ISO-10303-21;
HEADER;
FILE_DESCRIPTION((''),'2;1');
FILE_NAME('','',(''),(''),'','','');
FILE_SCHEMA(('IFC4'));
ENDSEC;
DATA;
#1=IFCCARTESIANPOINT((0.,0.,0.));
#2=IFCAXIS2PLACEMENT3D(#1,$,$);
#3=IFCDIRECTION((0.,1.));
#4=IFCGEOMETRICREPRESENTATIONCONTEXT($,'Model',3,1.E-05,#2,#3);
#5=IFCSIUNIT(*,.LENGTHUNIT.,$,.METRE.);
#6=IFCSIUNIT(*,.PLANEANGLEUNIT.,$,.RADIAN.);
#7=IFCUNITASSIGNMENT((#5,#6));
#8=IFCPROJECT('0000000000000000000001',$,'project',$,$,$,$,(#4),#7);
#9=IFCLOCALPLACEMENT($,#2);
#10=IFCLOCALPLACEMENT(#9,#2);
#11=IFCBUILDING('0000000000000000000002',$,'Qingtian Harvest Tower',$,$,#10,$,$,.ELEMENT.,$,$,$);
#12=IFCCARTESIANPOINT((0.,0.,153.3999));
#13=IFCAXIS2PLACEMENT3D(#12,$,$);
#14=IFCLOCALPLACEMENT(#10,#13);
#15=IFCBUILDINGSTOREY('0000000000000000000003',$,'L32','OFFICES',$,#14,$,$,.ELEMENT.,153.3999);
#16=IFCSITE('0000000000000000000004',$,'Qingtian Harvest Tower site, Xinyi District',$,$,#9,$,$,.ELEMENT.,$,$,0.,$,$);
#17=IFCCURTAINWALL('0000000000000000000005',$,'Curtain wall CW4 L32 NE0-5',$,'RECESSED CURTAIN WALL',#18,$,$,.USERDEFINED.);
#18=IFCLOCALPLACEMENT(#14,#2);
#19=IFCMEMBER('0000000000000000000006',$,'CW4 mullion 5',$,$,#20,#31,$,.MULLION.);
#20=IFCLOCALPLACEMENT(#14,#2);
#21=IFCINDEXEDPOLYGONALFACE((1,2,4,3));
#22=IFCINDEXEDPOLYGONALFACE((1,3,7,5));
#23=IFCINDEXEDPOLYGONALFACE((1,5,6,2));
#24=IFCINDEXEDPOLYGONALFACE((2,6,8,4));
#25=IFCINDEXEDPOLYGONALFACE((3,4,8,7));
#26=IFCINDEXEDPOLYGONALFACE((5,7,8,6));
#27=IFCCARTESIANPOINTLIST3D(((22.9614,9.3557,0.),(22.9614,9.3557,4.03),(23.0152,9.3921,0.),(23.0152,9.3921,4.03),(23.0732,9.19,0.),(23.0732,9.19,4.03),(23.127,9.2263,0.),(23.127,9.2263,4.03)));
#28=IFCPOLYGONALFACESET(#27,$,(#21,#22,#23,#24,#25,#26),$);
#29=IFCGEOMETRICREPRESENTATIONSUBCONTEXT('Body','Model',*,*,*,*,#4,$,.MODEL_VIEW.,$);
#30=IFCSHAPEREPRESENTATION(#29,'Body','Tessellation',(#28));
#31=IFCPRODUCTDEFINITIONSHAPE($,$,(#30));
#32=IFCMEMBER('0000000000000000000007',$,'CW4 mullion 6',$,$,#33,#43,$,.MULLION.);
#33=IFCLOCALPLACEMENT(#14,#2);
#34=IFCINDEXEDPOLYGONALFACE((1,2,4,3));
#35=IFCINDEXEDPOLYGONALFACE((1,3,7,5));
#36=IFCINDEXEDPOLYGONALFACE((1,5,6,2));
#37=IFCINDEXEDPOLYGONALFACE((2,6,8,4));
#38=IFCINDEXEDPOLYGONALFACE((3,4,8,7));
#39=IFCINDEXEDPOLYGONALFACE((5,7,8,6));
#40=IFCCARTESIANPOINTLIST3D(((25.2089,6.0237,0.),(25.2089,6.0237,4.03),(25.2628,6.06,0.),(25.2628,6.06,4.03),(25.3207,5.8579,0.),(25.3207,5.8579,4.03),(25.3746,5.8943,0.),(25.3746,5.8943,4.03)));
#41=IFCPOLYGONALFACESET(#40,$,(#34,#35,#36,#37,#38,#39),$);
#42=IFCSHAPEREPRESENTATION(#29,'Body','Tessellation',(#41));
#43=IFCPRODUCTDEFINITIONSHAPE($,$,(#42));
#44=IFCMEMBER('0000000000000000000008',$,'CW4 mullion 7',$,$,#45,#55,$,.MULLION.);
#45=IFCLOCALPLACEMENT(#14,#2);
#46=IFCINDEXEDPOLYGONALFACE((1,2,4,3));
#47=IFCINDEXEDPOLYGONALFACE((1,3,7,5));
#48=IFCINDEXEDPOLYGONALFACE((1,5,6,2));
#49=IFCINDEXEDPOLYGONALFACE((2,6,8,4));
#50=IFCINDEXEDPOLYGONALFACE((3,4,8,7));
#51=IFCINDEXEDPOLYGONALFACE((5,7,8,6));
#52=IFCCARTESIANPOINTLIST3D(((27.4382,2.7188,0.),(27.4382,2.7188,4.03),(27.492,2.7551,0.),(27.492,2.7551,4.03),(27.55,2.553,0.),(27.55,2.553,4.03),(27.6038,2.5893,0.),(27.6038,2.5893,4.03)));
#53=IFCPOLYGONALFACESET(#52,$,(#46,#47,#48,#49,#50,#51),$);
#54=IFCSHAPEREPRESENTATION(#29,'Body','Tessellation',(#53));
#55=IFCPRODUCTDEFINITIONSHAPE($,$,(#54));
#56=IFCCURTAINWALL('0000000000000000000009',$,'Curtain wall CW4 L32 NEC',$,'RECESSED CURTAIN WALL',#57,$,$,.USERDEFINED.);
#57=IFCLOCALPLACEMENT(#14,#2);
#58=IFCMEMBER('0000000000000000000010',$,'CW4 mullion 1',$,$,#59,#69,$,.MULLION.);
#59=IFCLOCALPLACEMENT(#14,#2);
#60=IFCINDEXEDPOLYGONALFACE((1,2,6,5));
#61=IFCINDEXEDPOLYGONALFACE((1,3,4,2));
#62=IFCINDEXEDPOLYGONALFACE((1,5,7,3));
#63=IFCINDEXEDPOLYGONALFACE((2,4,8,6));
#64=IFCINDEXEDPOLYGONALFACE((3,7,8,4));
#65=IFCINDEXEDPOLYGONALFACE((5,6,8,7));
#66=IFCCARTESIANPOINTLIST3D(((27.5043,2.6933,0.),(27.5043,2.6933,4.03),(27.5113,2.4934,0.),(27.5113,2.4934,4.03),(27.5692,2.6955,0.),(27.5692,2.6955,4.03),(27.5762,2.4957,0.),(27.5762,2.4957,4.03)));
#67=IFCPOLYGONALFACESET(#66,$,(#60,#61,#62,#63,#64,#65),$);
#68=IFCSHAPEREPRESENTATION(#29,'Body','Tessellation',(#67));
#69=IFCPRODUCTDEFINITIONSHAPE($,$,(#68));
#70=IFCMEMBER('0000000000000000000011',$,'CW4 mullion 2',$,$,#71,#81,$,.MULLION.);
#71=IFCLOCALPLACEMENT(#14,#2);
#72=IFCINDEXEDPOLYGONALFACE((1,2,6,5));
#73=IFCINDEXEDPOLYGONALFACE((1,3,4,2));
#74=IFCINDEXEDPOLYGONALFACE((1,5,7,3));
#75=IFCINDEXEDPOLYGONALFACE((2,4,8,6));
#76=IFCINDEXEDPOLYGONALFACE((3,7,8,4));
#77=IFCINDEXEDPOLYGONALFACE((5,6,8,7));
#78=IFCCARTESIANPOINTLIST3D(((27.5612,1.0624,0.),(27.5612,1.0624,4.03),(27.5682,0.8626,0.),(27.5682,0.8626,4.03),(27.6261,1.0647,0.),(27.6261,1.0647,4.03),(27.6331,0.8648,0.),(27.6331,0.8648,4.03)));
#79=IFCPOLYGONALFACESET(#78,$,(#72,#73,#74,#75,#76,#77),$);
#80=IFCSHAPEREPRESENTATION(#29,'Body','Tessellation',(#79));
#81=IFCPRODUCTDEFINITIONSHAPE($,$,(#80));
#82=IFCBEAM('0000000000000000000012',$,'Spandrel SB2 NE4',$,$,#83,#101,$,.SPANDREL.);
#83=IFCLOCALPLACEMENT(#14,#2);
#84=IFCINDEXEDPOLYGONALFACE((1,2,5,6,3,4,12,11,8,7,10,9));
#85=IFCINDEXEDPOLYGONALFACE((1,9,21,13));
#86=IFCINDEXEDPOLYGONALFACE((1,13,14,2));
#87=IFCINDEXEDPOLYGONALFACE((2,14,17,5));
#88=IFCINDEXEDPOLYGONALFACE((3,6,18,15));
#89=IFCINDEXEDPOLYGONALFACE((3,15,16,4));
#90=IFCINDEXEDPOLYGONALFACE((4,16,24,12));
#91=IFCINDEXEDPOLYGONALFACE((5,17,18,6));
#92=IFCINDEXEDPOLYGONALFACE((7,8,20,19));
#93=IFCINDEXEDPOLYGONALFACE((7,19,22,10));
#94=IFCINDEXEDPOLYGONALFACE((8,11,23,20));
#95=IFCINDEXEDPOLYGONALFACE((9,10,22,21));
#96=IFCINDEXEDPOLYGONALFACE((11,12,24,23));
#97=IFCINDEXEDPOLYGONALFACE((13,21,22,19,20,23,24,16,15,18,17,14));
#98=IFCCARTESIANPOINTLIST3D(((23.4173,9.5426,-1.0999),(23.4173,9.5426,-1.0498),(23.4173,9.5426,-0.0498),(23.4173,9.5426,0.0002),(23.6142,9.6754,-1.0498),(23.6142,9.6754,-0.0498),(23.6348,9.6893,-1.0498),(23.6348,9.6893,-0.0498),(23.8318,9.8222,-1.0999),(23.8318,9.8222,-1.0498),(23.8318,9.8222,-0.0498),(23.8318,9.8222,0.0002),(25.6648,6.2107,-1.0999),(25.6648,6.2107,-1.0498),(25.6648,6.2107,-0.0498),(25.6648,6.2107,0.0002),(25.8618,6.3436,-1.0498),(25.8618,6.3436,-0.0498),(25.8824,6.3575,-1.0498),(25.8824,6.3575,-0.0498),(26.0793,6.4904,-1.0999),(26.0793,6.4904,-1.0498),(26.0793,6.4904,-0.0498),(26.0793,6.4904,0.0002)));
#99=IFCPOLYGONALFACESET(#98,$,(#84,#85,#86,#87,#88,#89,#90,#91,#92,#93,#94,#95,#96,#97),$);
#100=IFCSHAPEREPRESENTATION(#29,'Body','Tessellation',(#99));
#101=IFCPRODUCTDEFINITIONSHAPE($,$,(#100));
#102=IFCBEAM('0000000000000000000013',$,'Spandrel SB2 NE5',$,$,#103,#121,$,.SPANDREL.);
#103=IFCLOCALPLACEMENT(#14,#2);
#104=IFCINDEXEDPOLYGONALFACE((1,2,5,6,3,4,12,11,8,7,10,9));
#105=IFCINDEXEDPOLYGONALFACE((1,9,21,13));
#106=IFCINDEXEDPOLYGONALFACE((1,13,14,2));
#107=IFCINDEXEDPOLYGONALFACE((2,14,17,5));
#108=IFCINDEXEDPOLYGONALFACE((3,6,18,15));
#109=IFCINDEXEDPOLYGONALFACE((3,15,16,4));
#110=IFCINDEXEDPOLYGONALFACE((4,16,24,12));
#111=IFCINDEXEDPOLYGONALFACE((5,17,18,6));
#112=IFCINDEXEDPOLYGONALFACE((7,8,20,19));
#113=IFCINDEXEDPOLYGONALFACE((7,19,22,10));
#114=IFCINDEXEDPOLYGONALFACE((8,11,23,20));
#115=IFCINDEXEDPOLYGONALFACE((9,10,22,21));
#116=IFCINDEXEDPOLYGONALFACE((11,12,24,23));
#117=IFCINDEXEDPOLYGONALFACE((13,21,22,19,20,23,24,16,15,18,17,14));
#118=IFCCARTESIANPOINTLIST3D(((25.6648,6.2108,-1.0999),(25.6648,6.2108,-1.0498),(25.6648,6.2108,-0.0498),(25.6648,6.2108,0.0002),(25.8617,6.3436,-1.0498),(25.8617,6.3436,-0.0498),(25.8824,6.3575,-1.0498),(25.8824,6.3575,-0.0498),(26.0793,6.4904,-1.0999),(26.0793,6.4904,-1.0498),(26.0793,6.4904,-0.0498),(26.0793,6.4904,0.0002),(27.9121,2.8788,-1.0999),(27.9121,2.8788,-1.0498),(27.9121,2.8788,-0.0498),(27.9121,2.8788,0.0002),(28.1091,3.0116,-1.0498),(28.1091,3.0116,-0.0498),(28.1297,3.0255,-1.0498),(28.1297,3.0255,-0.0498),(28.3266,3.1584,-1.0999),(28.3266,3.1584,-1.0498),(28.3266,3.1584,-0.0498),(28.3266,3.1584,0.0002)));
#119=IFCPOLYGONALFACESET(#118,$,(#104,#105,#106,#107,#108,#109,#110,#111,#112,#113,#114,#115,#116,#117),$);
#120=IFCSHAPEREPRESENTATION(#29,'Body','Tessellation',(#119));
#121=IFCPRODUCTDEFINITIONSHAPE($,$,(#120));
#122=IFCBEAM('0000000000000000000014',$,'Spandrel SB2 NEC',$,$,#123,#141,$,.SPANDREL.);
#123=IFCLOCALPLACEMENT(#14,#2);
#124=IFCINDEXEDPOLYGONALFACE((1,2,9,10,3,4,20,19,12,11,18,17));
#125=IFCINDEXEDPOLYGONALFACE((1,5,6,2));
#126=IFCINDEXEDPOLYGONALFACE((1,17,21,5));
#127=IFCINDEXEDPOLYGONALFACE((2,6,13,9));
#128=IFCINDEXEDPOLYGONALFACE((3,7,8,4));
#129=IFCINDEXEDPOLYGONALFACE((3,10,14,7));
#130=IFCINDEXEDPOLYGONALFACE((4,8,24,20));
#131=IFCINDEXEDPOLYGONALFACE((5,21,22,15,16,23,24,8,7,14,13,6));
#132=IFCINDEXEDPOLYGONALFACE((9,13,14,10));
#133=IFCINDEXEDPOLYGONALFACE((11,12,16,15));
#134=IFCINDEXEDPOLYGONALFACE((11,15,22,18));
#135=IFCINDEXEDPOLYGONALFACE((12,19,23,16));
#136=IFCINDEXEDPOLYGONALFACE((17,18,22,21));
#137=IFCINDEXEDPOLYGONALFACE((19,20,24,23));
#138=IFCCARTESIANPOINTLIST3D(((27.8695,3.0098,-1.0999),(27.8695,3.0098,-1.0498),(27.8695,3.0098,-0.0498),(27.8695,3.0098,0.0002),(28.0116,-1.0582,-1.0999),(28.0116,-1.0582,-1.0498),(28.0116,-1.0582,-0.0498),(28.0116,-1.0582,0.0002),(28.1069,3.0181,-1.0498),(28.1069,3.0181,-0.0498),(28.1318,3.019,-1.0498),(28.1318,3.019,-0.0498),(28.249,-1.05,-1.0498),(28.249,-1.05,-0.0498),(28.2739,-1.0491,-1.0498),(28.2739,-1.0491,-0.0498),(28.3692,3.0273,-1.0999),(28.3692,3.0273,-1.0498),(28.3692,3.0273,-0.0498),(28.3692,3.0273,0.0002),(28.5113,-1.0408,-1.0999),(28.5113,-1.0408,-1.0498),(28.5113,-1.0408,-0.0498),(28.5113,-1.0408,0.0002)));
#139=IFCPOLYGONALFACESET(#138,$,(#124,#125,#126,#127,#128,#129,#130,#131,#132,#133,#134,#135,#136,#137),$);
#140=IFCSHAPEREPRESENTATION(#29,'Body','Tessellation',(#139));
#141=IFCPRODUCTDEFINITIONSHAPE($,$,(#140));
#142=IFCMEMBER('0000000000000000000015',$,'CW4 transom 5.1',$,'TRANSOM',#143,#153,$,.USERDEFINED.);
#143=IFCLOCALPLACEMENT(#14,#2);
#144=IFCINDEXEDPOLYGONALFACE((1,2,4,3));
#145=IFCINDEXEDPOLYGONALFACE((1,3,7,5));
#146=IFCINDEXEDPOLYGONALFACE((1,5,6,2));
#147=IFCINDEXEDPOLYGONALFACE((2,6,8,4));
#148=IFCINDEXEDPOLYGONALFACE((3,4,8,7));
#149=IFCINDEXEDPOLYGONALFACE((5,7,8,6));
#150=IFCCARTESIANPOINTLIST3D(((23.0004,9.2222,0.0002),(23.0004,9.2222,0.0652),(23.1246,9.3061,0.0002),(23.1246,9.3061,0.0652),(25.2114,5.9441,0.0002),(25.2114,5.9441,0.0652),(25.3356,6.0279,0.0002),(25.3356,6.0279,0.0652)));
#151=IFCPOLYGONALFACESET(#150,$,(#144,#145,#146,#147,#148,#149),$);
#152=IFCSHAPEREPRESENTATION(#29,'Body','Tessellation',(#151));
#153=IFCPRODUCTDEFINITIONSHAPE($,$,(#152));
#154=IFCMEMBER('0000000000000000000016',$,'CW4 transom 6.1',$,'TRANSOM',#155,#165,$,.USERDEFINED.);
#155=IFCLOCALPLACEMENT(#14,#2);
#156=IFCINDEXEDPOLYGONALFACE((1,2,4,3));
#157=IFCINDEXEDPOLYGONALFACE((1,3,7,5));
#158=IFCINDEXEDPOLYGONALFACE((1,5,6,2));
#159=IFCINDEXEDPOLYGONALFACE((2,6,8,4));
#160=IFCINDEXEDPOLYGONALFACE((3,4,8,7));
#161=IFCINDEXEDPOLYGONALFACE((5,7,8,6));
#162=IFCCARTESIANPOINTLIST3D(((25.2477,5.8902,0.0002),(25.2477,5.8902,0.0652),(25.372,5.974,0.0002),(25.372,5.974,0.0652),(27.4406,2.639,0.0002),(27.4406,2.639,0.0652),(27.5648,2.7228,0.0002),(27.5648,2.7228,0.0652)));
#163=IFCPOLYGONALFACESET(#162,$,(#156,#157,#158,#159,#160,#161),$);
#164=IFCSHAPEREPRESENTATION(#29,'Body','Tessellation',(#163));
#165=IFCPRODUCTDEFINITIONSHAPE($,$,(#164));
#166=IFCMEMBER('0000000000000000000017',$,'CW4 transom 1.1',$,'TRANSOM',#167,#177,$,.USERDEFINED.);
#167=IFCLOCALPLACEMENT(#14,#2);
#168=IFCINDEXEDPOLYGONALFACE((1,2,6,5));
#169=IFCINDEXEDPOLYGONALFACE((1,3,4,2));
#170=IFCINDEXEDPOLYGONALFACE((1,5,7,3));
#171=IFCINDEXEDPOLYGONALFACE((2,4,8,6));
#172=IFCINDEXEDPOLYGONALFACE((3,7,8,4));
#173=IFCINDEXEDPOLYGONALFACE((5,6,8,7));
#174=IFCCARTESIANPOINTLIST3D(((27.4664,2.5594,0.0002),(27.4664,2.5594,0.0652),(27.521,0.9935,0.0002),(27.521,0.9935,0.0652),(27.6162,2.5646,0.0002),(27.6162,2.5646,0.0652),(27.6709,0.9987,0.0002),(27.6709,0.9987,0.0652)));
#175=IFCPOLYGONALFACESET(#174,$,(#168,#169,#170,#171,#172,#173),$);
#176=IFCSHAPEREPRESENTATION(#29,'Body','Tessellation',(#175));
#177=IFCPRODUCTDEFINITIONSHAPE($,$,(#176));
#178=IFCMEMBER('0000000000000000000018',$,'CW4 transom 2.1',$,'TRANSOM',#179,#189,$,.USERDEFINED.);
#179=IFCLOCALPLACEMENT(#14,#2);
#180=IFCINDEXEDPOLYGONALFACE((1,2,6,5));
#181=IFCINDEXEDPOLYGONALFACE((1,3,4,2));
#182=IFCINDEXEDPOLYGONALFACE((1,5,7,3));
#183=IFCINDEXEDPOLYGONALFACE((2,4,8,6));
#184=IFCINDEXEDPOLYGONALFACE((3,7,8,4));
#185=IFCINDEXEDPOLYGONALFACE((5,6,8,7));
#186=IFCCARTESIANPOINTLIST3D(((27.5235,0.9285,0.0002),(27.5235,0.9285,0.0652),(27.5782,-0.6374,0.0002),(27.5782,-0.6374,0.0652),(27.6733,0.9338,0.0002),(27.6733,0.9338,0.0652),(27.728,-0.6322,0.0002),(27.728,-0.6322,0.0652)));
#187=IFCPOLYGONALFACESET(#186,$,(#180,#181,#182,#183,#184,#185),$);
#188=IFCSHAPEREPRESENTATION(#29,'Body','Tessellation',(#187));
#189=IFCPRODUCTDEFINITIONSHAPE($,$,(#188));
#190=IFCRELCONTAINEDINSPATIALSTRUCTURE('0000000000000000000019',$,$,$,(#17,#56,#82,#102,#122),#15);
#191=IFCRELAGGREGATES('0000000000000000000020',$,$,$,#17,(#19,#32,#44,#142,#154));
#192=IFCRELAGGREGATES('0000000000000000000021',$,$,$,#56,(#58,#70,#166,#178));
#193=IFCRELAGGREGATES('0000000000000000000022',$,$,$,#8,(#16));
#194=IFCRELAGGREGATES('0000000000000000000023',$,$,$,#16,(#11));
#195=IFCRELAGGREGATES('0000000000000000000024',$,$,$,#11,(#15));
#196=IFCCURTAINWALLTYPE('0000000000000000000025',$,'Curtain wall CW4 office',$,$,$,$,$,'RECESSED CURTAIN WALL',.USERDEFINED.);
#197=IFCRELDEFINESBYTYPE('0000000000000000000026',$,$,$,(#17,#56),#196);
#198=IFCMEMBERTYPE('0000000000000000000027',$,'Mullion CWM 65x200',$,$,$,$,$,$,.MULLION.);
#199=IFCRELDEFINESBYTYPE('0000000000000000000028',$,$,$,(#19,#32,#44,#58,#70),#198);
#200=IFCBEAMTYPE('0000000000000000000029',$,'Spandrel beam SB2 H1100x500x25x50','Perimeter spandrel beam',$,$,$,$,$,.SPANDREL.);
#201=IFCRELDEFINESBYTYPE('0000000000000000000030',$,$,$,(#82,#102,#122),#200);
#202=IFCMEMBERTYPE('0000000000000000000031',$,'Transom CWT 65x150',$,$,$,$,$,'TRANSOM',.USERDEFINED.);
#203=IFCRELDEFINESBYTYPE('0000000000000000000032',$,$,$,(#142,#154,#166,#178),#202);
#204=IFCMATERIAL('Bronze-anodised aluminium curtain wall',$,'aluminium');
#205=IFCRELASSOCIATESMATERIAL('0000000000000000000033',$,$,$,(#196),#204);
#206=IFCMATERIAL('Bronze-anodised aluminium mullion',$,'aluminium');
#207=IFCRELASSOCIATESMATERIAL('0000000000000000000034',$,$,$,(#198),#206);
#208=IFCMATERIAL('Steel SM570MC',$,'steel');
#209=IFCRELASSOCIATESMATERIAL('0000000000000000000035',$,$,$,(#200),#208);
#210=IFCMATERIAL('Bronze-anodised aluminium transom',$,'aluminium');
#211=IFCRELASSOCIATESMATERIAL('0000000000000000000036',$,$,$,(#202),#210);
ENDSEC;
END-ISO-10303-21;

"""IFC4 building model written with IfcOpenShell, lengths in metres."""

from ifc_helpers import new_model, si_unit, direction, frame, origin, origin_2d, place, context, subcontext, project, spatial, rectangle, i_section, extrude, material, material_profile, profile_set, type_object, element, aggregate, save


model = new_model("IFC4")

# Units and contexts
model_context = context("Model", 3, precision=1e-05, world=origin(), true_north=direction((0.0, 1.0)))
body_context = subcontext(model_context, "Body", "Model", "MODEL_VIEW")
ifc_project = project(units=[si_unit("LENGTHUNIT", "METRE"), si_unit("PLANEANGLEUNIT", "RADIAN")], contexts=[model_context])

# Site, building, storey
site_placement = place(None, origin())
site = spatial("IfcSite", under=ifc_project, at=site_placement, Name="Qingtian Harvest Tower site, Xinyi District", CompositionType="ELEMENT", RefElevation=0.0)
building_placement = place(site_placement, origin())
building = spatial("IfcBuilding", under=site, at=building_placement, Name="Qingtian Harvest Tower", CompositionType="ELEMENT")
storey_placement = place(building_placement, frame((0.0, 0.0, 153.3999)))
storey = spatial("IfcBuildingStorey", under=building, at=storey_placement, Name="L32", Description="OFFICES", CompositionType="ELEMENT", Elevation=153.3999)

# Curtain walls, members
ifc_material_1 = material(Name="Bronze-anodised aluminium curtain wall", Category="aluminium")
curtain_wall_type = type_object("IfcCurtainWallType", Name="Curtain wall CW4 office", ElementType="RECESSED CURTAIN WALL", PredefinedType="USERDEFINED", material=ifc_material_1)
curtain_wall_1_placement = place(storey_placement, origin())
curtain_wall_1 = element("IfcCurtainWall", 1, at=curtain_wall_1_placement, inside=storey, type_object=curtain_wall_type, Name="Curtain wall CW4 L32 NE0-5", ObjectType="RECESSED CURTAIN WALL", PredefinedType="USERDEFINED")
ifc_material_2 = material(Name="Bronze-anodised aluminium mullion", Category="aluminium")
ifc_material_profile_1 = material_profile(ifc_material_2, rectangle(XDim=0.0649, YDim=0.2, at=origin_2d()), Name="AL 65x200")
ifc_profile_set_1 = profile_set([ifc_material_profile_1], Name="Bronze-anodised aluminium mullion")
member_type_1 = type_object("IfcMemberType", Name="Mullion CWM 65x200", PredefinedType="MULLION", material=ifc_profile_set_1)
member_1_placement = place(storey_placement, frame((23.0442, 9.291, 0.0), z_axis=(0.0, 0.0, 1.0), x_axis=(0.829038, 0.559193, 0.0)))
member_1 = element("IfcMember", 2, at=member_1_placement, type_object=member_type_1, Name="CW4 mullion 5", PredefinedType="MULLION", context=body_context, shape_type="SweptSolid", body=[
    extrude(rectangle(XDim=0.0649, YDim=0.2, at=origin_2d()), origin(), (0.0, 0.0, 1.0), 4.03),
])
member_2_placement = place(storey_placement, frame((25.2917, 5.959, 0.0), z_axis=(0.0, 0.0, 1.0), x_axis=(0.829038, 0.559193, 0.0)))
member_2 = element("IfcMember", 3, at=member_2_placement, type_object=member_type_1, Name="CW4 mullion 6", PredefinedType="MULLION", context=body_context, shape_type="SweptSolid", body=[
    extrude(rectangle(XDim=0.0649, YDim=0.2, at=origin_2d()), origin(), (0.0, 0.0, 1.0), 4.03),
])
member_3_placement = place(storey_placement, frame((27.521, 2.6541, 0.0), z_axis=(0.0, 0.0, 1.0), x_axis=(0.829038, 0.559193, 0.0)))
member_3 = element("IfcMember", 4, at=member_3_placement, type_object=member_type_1, Name="CW4 mullion 7", PredefinedType="MULLION", context=body_context, shape_type="SweptSolid", body=[
    extrude(rectangle(XDim=0.0649, YDim=0.2, at=origin_2d()), origin(), (0.0, 0.0, 1.0), 4.03),
])
curtain_wall_2_placement = place(storey_placement, origin())
curtain_wall_2 = element("IfcCurtainWall", 5, at=curtain_wall_2_placement, inside=storey, type_object=curtain_wall_type, Name="Curtain wall CW4 L32 NEC", ObjectType="RECESSED CURTAIN WALL", PredefinedType="USERDEFINED")
member_4_placement = place(storey_placement, frame((27.5403, 2.5945, 0.0), z_axis=(0.0, 0.0, 1.0), x_axis=(0.999391, 0.034899, 0.0)))
member_4 = element("IfcMember", 6, at=member_4_placement, type_object=member_type_1, Name="CW4 mullion 1", PredefinedType="MULLION", context=body_context, shape_type="SweptSolid", body=[
    extrude(rectangle(XDim=0.0649, YDim=0.2, at=origin_2d()), origin(), (0.0, 0.0, 1.0), 4.03),
])
member_5_placement = place(storey_placement, frame((27.5972, 0.9636, 0.0), z_axis=(0.0, 0.0, 1.0), x_axis=(0.999391, 0.034899, 0.0)))
member_5 = element("IfcMember", 7, at=member_5_placement, type_object=member_type_1, Name="CW4 mullion 2", PredefinedType="MULLION", context=body_context, shape_type="SweptSolid", body=[
    extrude(rectangle(XDim=0.0649, YDim=0.2, at=origin_2d()), origin(), (0.0, 0.0, 1.0), 4.03),
])

# Beams
ifc_material_3 = material(Name="Steel SM570MC", Category="steel")
ifc_material_profile_2 = material_profile(ifc_material_3, i_section(OverallWidth=0.5, OverallDepth=1.1001, WebThickness=0.0249, FlangeThickness=0.05, at=origin_2d()), Name="H1100x500x25x50")
ifc_profile_set_2 = profile_set([ifc_material_profile_2], Name="Steel SM570MC")
beam_type_1 = type_object("IfcBeamType", Name="Spandrel beam SB2 H1100x500x25x50", Description="Perimeter spandrel beam", PredefinedType="SPANDREL", material=ifc_profile_set_2)
for number, where, z_axis, x_axis, name in (
    (8, (23.6245, 9.6824, -0.5498), (0.559234, -0.82901, 0.0), (0.82901, 0.559234, 0.0), "Spandrel SB2 NE4"),
    (9, (25.8721, 6.3506, -0.5498), (0.559164, -0.829057, 0.0), (0.829057, 0.559164, 0.0), "Spandrel SB2 NE5"),
):
    element("IfcBeam", number, at=place(storey_placement, frame(where, z_axis=z_axis, x_axis=x_axis)), inside=storey, type_object=beam_type_1, Name=name, PredefinedType="SPANDREL", context=body_context, shape_type="SweptSolid", body=[
        extrude(i_section(OverallWidth=0.5, OverallDepth=1.1001, WebThickness=0.0249, FlangeThickness=0.05, at=origin_2d()), origin(), (0.0, 0.0, 1.0), 4.019),
    ])
beam_1_placement = place(storey_placement, frame((28.1194, 3.0186, -0.5498), z_axis=(0.034906, -0.999391, 0.0), x_axis=(0.999391, 0.034906, 0.0)))
element("IfcBeam", 10, at=beam_1_placement, inside=storey, type_object=beam_type_1, Name="Spandrel SB2 NEC", PredefinedType="SPANDREL", context=body_context, shape_type="SweptSolid", body=[
    extrude(i_section(OverallWidth=0.5, OverallDepth=1.1001, WebThickness=0.0249, FlangeThickness=0.05, at=origin_2d()), origin(), (0.0, 0.0, 1.0), 4.0706),
])

# Members
ifc_material_4 = material(Name="Bronze-anodised aluminium transom", Category="aluminium")
ifc_material_profile_3 = material_profile(ifc_material_4, rectangle(XDim=0.1499, YDim=0.0649, at=origin_2d()), Name="AL 65x150")
ifc_profile_set_3 = profile_set([ifc_material_profile_3], Name="Bronze-anodised aluminium transom")
member_type_2 = type_object("IfcMemberType", Name="Transom CWT 65x150", ElementType="TRANSOM", PredefinedType="USERDEFINED", material=ifc_profile_set_3)
member_6_placement = place(storey_placement, frame((23.0625, 9.2642, 0.0327), z_axis=(0.559166, -0.829055, 0.0), x_axis=(0.829055, 0.559166, 0.0)))
member_6 = element("IfcMember", 11, at=member_6_placement, type_object=member_type_2, Name="CW4 transom 5.1", ObjectType="TRANSOM", PredefinedType="USERDEFINED", context=body_context, shape_type="SweptSolid", body=[
    extrude(rectangle(XDim=0.1499, YDim=0.0649, at=origin_2d()), origin(), (0.0, 0.0, 1.0), 3.9541),
])
member_7_placement = place(storey_placement, frame((25.3098, 5.9321, 0.0327), z_axis=(0.559175, -0.82905, 0.0), x_axis=(0.82905, 0.559175, 0.0)))
member_7 = element("IfcMember", 12, at=member_7_placement, type_object=member_type_2, Name="CW4 transom 6.1", ObjectType="TRANSOM", PredefinedType="USERDEFINED", context=body_context, shape_type="SweptSolid", body=[
    extrude(rectangle(XDim=0.1499, YDim=0.0649, at=origin_2d()), origin(), (0.0, 0.0, 1.0), 3.9216),
])
member_8_placement = place(storey_placement, frame((27.5413, 2.562, 0.0327), z_axis=(0.034902, -0.999391, 0.0), x_axis=(0.999391, 0.034902, 0.0)))
member_8 = element("IfcMember", 13, at=member_8_placement, type_object=member_type_2, Name="CW4 transom 1.1", ObjectType="TRANSOM", PredefinedType="USERDEFINED", context=body_context, shape_type="SweptSolid", body=[
    extrude(rectangle(XDim=0.1499, YDim=0.0649, at=origin_2d()), origin(), (0.0, 0.0, 1.0), 1.5669),
])
member_9_placement = place(storey_placement, frame((27.5984, 0.9312, 0.0327), z_axis=(0.034902, -0.999391, 0.0), x_axis=(0.999391, 0.034902, 0.0)))
member_9 = element("IfcMember", 14, at=member_9_placement, type_object=member_type_2, Name="CW4 transom 2.1", ObjectType="TRANSOM", PredefinedType="USERDEFINED", context=body_context, shape_type="SweptSolid", body=[
    extrude(rectangle(XDim=0.1499, YDim=0.0649, at=origin_2d()), origin(), (0.0, 0.0, 1.0), 1.5669),
])

aggregate(curtain_wall_1, [member_1, member_2, member_3, member_6, member_7])
aggregate(curtain_wall_2, [member_4, member_5, member_8, member_9])

save(model, "model.ifc")
